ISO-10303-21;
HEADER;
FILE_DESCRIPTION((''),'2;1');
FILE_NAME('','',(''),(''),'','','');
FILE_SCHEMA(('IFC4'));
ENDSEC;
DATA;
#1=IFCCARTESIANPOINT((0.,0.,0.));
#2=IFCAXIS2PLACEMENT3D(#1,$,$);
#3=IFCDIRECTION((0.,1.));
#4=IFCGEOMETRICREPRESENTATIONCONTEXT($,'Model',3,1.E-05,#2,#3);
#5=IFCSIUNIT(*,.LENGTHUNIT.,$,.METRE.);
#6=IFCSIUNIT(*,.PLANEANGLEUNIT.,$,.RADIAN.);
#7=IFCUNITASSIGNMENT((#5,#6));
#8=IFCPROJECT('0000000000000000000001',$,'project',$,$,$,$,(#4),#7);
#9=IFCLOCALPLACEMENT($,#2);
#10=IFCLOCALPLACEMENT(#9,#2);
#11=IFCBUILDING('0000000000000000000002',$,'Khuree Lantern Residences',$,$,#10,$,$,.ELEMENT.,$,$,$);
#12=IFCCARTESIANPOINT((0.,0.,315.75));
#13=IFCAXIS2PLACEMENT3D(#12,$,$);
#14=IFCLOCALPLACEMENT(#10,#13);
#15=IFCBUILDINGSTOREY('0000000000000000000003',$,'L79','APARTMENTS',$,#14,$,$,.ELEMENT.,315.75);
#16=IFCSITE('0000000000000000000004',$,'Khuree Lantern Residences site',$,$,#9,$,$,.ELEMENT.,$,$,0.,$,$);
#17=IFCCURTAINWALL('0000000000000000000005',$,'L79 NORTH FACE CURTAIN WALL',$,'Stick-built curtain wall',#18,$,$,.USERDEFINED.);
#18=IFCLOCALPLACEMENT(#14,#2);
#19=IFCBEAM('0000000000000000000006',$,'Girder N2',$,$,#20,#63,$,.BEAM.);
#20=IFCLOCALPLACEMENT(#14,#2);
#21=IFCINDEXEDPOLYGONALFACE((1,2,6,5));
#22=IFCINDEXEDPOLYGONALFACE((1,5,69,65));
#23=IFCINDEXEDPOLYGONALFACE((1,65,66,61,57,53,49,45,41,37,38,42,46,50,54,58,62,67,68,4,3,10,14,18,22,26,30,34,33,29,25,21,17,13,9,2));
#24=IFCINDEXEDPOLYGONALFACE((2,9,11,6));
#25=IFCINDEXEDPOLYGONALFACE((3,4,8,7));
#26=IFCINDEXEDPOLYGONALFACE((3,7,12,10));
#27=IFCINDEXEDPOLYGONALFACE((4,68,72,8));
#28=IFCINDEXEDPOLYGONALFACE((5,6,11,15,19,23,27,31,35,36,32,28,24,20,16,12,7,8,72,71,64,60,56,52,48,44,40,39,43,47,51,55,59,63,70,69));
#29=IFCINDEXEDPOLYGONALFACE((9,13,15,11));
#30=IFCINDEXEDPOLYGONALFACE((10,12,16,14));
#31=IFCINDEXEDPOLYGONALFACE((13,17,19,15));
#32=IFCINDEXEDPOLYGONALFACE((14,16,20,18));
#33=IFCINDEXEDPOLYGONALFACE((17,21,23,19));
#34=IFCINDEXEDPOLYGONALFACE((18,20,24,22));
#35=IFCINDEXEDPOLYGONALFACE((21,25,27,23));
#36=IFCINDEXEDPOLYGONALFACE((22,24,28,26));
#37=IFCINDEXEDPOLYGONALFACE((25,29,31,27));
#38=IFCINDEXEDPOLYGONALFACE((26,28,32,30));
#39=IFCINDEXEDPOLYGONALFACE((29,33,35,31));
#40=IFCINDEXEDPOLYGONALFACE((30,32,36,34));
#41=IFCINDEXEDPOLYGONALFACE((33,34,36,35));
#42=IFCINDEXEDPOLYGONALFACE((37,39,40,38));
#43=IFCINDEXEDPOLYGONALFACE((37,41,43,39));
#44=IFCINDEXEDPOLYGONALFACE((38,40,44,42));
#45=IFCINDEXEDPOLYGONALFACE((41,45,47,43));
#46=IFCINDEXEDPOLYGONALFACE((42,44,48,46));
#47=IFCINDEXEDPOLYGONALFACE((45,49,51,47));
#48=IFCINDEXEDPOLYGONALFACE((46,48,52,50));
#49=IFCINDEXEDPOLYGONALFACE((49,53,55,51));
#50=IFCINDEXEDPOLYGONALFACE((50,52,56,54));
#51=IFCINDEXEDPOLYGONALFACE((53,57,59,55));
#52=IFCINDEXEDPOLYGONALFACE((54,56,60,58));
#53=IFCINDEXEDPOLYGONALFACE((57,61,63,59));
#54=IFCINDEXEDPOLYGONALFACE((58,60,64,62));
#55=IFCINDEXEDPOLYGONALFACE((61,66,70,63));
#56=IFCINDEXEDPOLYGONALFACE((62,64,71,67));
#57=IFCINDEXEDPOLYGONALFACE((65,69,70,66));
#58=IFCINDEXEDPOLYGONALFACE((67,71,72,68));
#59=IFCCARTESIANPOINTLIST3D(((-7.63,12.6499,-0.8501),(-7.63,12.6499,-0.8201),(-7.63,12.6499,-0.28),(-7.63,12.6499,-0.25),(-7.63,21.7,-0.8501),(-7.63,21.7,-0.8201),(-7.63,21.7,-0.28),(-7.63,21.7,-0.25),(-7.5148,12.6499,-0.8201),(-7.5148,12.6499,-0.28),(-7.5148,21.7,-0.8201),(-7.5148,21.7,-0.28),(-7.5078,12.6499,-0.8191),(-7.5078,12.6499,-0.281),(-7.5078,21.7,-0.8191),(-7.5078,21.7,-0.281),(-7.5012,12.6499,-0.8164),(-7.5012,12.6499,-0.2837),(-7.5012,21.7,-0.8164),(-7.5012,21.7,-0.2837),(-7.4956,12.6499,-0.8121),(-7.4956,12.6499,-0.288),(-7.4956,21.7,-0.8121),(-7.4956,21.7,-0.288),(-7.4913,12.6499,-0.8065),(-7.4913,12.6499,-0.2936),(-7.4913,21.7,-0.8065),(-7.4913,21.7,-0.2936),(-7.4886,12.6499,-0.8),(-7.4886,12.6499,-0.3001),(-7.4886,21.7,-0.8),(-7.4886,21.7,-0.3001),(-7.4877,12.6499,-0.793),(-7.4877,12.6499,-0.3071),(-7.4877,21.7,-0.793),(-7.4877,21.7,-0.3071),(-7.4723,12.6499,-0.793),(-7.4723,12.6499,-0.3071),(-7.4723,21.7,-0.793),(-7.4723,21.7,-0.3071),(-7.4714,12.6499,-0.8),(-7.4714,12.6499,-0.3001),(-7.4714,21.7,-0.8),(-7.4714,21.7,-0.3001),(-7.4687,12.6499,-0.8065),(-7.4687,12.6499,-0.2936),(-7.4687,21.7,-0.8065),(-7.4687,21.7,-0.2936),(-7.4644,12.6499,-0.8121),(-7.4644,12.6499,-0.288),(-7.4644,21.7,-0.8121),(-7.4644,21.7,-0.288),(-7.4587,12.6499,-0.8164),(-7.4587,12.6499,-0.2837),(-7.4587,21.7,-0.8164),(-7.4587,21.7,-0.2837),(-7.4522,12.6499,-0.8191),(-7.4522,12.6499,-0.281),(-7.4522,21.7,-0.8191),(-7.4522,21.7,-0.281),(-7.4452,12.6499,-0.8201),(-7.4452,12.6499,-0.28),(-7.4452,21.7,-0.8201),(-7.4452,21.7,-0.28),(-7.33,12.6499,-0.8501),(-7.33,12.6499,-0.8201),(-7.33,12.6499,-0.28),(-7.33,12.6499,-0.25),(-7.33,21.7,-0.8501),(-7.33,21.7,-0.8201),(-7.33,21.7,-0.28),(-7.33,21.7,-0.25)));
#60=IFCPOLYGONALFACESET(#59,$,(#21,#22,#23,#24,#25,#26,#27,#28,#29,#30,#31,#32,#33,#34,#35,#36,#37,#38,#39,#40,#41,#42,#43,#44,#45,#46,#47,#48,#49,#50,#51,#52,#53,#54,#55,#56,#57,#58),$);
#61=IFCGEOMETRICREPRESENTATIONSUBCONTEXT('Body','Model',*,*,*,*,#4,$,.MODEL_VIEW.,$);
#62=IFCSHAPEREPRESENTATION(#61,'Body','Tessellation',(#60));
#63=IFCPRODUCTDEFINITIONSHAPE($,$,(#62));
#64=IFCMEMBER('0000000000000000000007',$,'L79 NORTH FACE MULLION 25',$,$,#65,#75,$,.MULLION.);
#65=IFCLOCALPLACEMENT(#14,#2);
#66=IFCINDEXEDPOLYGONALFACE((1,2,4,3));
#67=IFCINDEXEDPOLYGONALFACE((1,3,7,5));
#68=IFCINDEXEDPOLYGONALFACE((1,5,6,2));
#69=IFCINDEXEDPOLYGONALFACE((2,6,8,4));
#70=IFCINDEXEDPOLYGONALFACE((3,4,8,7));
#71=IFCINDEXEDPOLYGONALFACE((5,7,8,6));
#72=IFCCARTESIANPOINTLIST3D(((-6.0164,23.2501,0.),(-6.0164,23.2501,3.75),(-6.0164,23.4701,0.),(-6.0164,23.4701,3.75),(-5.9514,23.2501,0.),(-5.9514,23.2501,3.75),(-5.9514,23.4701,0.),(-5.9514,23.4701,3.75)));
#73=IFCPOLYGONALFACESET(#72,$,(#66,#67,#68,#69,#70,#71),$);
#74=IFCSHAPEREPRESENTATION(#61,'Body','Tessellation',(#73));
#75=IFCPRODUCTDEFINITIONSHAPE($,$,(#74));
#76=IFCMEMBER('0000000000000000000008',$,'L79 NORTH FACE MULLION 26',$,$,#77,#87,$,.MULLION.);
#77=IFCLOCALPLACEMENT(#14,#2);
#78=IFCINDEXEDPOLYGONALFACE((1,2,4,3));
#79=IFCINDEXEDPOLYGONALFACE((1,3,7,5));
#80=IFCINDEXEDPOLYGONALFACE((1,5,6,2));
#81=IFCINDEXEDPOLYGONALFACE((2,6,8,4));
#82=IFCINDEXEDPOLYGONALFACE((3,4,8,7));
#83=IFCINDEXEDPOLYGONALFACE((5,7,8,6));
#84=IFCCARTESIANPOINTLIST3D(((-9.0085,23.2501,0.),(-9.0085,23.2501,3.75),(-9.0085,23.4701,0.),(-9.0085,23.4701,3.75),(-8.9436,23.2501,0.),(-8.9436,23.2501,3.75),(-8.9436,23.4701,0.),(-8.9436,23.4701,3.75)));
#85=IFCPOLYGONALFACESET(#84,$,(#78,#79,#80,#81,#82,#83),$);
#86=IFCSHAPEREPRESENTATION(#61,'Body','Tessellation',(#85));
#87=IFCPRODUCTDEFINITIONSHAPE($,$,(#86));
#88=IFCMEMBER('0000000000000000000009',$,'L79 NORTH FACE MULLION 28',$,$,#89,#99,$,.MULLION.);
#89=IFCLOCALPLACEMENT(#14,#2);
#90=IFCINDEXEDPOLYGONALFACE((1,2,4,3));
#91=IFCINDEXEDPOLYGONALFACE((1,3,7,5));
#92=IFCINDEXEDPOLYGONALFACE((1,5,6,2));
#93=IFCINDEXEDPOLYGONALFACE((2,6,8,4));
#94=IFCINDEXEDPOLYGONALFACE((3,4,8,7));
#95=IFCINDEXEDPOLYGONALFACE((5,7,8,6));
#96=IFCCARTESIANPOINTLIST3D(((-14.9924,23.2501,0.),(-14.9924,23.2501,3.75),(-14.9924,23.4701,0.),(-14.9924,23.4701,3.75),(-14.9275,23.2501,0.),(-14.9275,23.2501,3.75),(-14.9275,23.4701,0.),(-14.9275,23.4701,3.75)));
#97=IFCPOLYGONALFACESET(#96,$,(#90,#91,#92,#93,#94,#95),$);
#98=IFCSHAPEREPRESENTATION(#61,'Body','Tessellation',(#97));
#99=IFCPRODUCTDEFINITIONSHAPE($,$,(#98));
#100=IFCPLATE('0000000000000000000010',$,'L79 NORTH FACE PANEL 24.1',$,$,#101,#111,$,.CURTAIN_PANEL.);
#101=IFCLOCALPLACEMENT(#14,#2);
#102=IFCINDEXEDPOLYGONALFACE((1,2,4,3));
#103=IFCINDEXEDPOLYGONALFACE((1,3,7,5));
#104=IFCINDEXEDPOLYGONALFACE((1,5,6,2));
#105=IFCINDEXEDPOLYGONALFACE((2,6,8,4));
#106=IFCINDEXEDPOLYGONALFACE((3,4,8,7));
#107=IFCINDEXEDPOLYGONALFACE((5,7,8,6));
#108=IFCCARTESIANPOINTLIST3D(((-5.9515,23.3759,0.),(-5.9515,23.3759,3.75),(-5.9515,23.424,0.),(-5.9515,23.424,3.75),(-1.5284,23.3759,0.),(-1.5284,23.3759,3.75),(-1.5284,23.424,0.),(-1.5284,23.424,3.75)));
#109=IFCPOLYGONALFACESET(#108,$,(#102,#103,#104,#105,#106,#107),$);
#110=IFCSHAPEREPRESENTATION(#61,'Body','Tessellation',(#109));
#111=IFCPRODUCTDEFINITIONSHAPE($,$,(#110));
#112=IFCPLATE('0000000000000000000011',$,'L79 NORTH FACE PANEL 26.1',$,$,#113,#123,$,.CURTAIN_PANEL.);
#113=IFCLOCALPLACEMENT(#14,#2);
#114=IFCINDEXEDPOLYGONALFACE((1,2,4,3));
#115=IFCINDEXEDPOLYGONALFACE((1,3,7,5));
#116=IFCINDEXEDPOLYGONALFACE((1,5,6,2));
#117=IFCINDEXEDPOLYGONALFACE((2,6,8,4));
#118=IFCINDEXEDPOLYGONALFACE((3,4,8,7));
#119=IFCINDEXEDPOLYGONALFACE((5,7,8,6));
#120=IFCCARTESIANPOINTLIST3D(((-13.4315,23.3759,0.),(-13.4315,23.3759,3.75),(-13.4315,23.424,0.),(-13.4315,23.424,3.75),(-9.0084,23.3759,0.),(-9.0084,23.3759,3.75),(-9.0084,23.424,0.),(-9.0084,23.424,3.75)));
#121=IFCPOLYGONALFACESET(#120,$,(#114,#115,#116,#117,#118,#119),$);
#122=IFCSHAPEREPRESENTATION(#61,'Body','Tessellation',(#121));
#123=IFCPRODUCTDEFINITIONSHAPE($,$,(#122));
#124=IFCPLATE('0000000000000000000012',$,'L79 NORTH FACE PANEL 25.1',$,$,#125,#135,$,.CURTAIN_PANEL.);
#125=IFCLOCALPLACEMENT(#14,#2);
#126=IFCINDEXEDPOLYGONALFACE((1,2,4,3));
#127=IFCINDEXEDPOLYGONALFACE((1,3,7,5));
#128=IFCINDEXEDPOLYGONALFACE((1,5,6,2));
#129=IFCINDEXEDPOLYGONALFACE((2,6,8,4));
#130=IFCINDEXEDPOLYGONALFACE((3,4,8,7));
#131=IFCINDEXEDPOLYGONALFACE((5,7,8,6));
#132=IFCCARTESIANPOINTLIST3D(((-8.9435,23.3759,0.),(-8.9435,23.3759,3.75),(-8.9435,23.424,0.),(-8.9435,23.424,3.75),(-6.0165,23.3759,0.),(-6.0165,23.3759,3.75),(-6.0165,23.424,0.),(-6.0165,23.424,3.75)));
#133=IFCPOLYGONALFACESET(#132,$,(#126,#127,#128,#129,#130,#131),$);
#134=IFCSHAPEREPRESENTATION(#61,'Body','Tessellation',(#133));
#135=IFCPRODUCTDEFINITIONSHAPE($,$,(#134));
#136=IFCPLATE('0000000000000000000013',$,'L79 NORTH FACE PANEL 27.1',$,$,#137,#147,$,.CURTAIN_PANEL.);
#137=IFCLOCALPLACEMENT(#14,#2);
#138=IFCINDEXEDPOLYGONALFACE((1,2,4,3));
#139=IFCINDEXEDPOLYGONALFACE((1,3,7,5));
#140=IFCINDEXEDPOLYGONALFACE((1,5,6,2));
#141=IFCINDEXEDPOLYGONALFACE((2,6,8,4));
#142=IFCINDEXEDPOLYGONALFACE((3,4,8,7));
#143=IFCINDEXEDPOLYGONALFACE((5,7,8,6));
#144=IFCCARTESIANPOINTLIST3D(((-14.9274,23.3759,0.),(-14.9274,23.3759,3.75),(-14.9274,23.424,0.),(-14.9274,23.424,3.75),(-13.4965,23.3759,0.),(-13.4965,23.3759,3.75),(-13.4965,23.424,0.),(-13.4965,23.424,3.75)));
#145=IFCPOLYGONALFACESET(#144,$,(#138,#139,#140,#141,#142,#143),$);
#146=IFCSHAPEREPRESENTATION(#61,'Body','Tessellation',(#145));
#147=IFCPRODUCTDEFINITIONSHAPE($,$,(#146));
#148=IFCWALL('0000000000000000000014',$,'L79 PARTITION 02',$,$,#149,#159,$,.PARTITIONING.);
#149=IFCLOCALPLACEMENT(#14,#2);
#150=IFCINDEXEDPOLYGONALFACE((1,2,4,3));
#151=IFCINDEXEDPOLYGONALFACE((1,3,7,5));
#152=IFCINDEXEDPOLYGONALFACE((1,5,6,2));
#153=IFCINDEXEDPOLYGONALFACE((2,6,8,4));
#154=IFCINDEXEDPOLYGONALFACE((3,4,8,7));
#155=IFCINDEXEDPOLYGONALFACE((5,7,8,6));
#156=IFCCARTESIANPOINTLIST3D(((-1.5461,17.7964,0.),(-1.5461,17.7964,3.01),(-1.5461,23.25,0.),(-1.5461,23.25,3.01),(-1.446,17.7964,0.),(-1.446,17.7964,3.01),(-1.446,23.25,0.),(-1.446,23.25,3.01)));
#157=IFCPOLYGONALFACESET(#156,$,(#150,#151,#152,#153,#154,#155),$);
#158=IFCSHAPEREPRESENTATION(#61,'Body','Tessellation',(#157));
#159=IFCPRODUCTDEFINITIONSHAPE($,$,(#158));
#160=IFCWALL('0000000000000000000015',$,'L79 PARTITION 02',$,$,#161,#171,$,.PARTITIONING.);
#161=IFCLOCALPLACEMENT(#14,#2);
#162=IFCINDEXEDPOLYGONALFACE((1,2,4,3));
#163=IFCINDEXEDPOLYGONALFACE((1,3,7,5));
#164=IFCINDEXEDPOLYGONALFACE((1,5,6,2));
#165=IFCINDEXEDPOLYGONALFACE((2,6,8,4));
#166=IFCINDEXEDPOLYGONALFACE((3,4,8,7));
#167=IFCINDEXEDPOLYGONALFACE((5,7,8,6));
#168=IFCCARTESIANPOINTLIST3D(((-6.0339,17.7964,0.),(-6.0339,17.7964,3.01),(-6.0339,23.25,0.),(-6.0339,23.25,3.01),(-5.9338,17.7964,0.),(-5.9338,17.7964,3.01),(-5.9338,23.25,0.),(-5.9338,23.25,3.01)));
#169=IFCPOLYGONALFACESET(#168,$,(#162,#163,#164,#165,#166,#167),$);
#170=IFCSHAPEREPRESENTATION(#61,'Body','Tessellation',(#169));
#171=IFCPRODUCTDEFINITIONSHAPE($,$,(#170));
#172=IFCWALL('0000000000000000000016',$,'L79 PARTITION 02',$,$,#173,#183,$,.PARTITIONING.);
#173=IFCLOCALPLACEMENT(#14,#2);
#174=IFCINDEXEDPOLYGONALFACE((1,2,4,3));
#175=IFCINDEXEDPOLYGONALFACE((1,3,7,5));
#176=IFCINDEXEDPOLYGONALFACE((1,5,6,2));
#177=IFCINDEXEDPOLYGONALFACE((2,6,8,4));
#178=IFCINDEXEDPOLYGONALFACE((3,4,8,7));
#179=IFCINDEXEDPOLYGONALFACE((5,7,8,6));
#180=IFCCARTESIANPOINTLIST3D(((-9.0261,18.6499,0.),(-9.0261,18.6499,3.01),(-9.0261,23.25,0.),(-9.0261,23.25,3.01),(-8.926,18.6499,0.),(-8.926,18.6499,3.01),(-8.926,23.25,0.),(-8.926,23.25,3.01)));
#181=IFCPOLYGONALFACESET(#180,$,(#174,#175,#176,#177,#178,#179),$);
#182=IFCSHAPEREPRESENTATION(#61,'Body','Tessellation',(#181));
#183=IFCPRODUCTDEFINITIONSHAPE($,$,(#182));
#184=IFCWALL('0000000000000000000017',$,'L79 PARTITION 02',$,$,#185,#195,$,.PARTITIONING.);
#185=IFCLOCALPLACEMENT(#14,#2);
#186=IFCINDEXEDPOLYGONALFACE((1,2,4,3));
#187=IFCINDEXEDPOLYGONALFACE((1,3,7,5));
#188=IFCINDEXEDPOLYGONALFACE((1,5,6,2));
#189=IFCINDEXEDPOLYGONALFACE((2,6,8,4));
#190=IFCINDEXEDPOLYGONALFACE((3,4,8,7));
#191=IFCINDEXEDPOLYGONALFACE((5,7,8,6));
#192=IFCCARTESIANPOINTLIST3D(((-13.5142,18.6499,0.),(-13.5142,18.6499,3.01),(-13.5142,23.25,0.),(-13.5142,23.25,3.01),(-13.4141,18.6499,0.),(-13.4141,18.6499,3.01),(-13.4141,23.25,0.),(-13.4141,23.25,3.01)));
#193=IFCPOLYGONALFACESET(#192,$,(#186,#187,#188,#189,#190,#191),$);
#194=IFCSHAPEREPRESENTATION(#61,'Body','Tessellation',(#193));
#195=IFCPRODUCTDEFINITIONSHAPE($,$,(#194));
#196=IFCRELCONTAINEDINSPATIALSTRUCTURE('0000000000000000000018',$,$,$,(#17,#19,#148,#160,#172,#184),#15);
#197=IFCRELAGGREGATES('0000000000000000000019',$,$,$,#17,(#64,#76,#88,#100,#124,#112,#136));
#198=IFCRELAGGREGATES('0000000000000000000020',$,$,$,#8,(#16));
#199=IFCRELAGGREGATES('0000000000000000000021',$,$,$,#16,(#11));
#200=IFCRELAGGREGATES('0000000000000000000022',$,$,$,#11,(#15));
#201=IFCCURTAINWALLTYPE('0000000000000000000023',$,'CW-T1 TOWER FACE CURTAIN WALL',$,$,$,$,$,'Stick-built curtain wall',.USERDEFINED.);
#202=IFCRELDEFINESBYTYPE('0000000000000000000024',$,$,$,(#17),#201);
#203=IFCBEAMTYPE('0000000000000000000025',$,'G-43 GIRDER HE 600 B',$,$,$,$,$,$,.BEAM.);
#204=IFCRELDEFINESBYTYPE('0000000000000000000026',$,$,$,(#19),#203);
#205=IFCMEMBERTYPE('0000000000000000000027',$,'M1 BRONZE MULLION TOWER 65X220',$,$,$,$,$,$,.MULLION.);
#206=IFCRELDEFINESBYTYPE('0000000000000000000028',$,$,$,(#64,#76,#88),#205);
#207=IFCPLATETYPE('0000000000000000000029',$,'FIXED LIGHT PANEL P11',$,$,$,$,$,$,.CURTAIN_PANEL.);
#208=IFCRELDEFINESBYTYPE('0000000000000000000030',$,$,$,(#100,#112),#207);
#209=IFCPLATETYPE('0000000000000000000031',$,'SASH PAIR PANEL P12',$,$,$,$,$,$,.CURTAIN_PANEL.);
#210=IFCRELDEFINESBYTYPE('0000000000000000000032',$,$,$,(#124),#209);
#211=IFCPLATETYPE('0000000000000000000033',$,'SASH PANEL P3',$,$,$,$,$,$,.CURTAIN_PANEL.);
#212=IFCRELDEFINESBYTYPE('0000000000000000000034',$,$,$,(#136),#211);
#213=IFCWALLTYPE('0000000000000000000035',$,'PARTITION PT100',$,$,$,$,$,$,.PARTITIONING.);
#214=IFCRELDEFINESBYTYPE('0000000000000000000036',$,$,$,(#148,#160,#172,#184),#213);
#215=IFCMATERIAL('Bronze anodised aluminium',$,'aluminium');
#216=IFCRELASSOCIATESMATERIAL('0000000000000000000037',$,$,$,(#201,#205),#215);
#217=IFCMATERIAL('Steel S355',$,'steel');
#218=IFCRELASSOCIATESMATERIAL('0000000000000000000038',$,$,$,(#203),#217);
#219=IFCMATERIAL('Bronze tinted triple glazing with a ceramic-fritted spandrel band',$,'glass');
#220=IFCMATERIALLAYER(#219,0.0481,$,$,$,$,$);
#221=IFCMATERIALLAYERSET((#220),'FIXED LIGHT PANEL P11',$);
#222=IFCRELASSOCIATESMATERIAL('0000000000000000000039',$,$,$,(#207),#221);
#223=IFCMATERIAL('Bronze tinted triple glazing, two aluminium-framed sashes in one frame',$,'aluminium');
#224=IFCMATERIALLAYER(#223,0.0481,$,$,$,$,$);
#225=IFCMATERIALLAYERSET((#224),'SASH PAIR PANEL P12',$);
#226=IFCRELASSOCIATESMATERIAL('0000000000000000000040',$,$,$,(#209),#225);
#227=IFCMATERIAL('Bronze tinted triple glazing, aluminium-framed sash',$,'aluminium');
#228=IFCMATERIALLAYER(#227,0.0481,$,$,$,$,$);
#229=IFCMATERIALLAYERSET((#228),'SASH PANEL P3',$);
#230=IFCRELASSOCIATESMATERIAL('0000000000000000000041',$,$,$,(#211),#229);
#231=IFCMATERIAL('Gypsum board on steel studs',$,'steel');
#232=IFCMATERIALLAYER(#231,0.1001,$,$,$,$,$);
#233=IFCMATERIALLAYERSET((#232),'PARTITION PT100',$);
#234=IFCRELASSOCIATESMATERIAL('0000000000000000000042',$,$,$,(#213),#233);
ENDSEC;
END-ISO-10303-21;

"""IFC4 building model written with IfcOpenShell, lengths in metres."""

from ifc_helpers import new_model, si_unit, direction, frame, frame_2d, origin, origin_2d, place, context, subcontext, project, spatial, rectangle, i_section, extrude, material, layer, layer_set, material_profile, profile_set, type_object, element, aggregate, save


model = new_model("IFC4")

# Units and contexts
model_context = context("Model", 3, precision=1e-05, world=origin(), true_north=direction((0.0, 1.0)))
body_context = subcontext(model_context, "Body", "Model", "MODEL_VIEW")
ifc_project = project(units=[si_unit("LENGTHUNIT", "METRE"), si_unit("PLANEANGLEUNIT", "RADIAN")], contexts=[model_context])

# Site, building, storey
site_placement = place(None, origin())
site = spatial("IfcSite", under=ifc_project, at=site_placement, Name="Khuree Lantern Residences site", CompositionType="ELEMENT", RefElevation=0.0)
building_placement = place(site_placement, origin())
building = spatial("IfcBuilding", under=site, at=building_placement, Name="Khuree Lantern Residences", CompositionType="ELEMENT")
storey_placement = place(building_placement, frame((0.0, 0.0, 315.75)))
storey = spatial("IfcBuildingStorey", under=building, at=storey_placement, Name="L79", Description="APARTMENTS", CompositionType="ELEMENT", Elevation=315.75)

# Shared definitions
ifc_material_1 = material(Name="Steel S355", Category="steel")

# Curtain wall
ifc_material_2 = material(Name="Bronze anodised aluminium", Category="aluminium")
curtain_wall_type = type_object("IfcCurtainWallType", Name="CW-T1 TOWER FACE CURTAIN WALL", ElementType="Stick-built curtain wall", PredefinedType="USERDEFINED", material=ifc_material_2)
curtain_wall_placement = place(storey_placement, origin())
curtain_wall = element("IfcCurtainWall", 1, at=curtain_wall_placement, inside=storey, type_object=curtain_wall_type, Name="L79 NORTH FACE CURTAIN WALL", ObjectType="Stick-built curtain wall", PredefinedType="USERDEFINED")

# Beam
ifc_material_profile_1 = material_profile(ifc_material_1, i_section(OverallWidth=0.3, OverallDepth=0.6001, WebThickness=0.0154, FlangeThickness=0.03, FilletRadius=0.0271, at=origin_2d()), Name="HE 600 B")
ifc_profile_set_1 = profile_set([ifc_material_profile_1], Name="Steel S355")
beam_type_1 = type_object("IfcBeamType", Name="G-43 GIRDER HE 600 B", PredefinedType="BEAM", material=ifc_profile_set_1)
beam_1_placement = place(storey_placement, frame((-7.48, 21.7, -0.55), z_axis=(0.0, -1.0, 0.0), x_axis=(1.0, 0.0, 0.0)))
element("IfcBeam", 2, at=beam_1_placement, inside=storey, type_object=beam_type_1, Name="Girder N2", PredefinedType="BEAM", context=body_context, shape_type="SweptSolid", body=[
    extrude(i_section(OverallWidth=0.3, OverallDepth=0.6001, WebThickness=0.0154, FlangeThickness=0.03, FilletRadius=0.0271, at=origin_2d()), origin(), (0.0, 0.0, 1.0), 9.05),
])

# Members
ifc_material_profile_2 = material_profile(ifc_material_2, rectangle(XDim=0.0649, YDim=0.22, at=origin_2d()), Name="M1 65X220")
ifc_profile_set_2 = profile_set([ifc_material_profile_2], Name="Bronze anodised aluminium")
member_type_1 = type_object("IfcMemberType", Name="M1 BRONZE MULLION TOWER 65X220", PredefinedType="MULLION", material=ifc_profile_set_2)
member_1_placement = place(storey_placement, frame((-5.9839, 23.3601, 0.0), z_axis=(0.0, 0.0, 1.0), x_axis=(-1.0, 0.0, 0.0)))
member_1 = element("IfcMember", 3, at=member_1_placement, type_object=member_type_1, Name="L79 NORTH FACE MULLION 25", PredefinedType="MULLION", context=body_context, shape_type="SweptSolid", body=[
    extrude(rectangle(XDim=0.0649, YDim=0.22, at=origin_2d()), origin(), (0.0, 0.0, 1.0), 3.75),
])
member_2_placement = place(storey_placement, frame((-8.9761, 23.3601, 0.0), z_axis=(0.0, 0.0, 1.0), x_axis=(-1.0, 0.0, 0.0)))
member_2 = element("IfcMember", 4, at=member_2_placement, type_object=member_type_1, Name="L79 NORTH FACE MULLION 26", PredefinedType="MULLION", context=body_context, shape_type="SweptSolid", body=[
    extrude(rectangle(XDim=0.0649, YDim=0.22, at=origin_2d()), origin(), (0.0, 0.0, 1.0), 3.75),
])
member_3_placement = place(storey_placement, frame((-14.96, 23.3601, 0.0), z_axis=(0.0, 0.0, 1.0), x_axis=(-1.0, 0.0, 0.0)))
member_3 = element("IfcMember", 5, at=member_3_placement, type_object=member_type_1, Name="L79 NORTH FACE MULLION 28", PredefinedType="MULLION", context=body_context, shape_type="SweptSolid", body=[
    extrude(rectangle(XDim=0.0649, YDim=0.22, at=origin_2d()), origin(), (0.0, 0.0, 1.0), 3.75),
])

# Plates
ifc_material_3 = material(Name="Bronze tinted triple glazing with a ceramic-fritted spandrel band", Category="glass")
ifc_layer_1 = layer(ifc_material_3, 0.0481)
ifc_layer_set_1 = layer_set([ifc_layer_1], Name="FIXED LIGHT PANEL P11")
plate_type_1 = type_object("IfcPlateType", Name="FIXED LIGHT PANEL P11", PredefinedType="CURTAIN_PANEL", material=ifc_layer_set_1)
plate_1_placement = place(storey_placement, frame((-3.74, 23.3999, 0.0), z_axis=(0.0, 0.0, 1.0), x_axis=(-1.0, 0.0, 0.0)))
plate_1 = element("IfcPlate", 6, at=plate_1_placement, type_object=plate_type_1, Name="L79 NORTH FACE PANEL 24.1", PredefinedType="CURTAIN_PANEL", context=body_context, shape_type="SweptSolid", body=[
    extrude(rectangle(XDim=4.4231, YDim=0.0481, at=origin_2d()), origin(), (0.0, 0.0, 1.0), 3.75),
])
plate_2_placement = place(storey_placement, frame((-11.22, 23.3999, 0.0), z_axis=(0.0, 0.0, 1.0), x_axis=(-1.0, 0.0, 0.0)))
plate_2 = element("IfcPlate", 7, at=plate_2_placement, type_object=plate_type_1, Name="L79 NORTH FACE PANEL 26.1", PredefinedType="CURTAIN_PANEL", context=body_context, shape_type="SweptSolid", body=[
    extrude(rectangle(XDim=4.4231, YDim=0.0481, at=origin_2d()), origin(), (0.0, 0.0, 1.0), 3.75),
])
ifc_material_4 = material(Name="Bronze tinted triple glazing, two aluminium-framed sashes in one frame", Category="aluminium")
ifc_layer_2 = layer(ifc_material_4, 0.0481)
ifc_layer_set_2 = layer_set([ifc_layer_2], Name="SASH PAIR PANEL P12")
plate_type_2 = type_object("IfcPlateType", Name="SASH PAIR PANEL P12", PredefinedType="CURTAIN_PANEL", material=ifc_layer_set_2)
plate_3_placement = place(storey_placement, frame((-7.48, 23.3999, 0.0), z_axis=(0.0, 0.0, 1.0), x_axis=(-1.0, 0.0, 0.0)))
plate_3 = element("IfcPlate", 8, at=plate_3_placement, type_object=plate_type_2, Name="L79 NORTH FACE PANEL 25.1", PredefinedType="CURTAIN_PANEL", context=body_context, shape_type="SweptSolid", body=[
    extrude(rectangle(XDim=2.927, YDim=0.0481, at=origin_2d()), origin(), (0.0, 0.0, 1.0), 3.75),
])
ifc_material_5 = material(Name="Bronze tinted triple glazing, aluminium-framed sash", Category="aluminium")
ifc_layer_3 = layer(ifc_material_5, 0.0481)
ifc_layer_set_3 = layer_set([ifc_layer_3], Name="SASH PANEL P3")
plate_type_3 = type_object("IfcPlateType", Name="SASH PANEL P3", PredefinedType="CURTAIN_PANEL", material=ifc_layer_set_3)
plate_4_placement = place(storey_placement, frame((-14.2119, 23.3999, 0.0), z_axis=(0.0, 0.0, 1.0), x_axis=(-1.0, 0.0, 0.0)))
plate_4 = element("IfcPlate", 9, at=plate_4_placement, type_object=plate_type_3, Name="L79 NORTH FACE PANEL 27.1", PredefinedType="CURTAIN_PANEL", context=body_context, shape_type="SweptSolid", body=[
    extrude(rectangle(XDim=1.4309, YDim=0.0481, at=origin_2d()), origin(), (0.0, 0.0, 1.0), 3.75),
])
aggregate(curtain_wall, [member_1, member_2, member_3, plate_1, plate_3, plate_2, plate_4])

# Walls
ifc_material_6 = material(Name="Gypsum board on steel studs", Category="steel")
ifc_layer_4 = layer(ifc_material_6, 0.1001)
ifc_layer_set_4 = layer_set([ifc_layer_4], Name="PARTITION PT100")
wall_type = type_object("IfcWallType", Name="PARTITION PT100", PredefinedType="PARTITIONING", material=ifc_layer_set_4)
for number, where, z_axis, x_axis, name in (
    (10, (-1.4961, 17.7964, 0.0), (0.0, 0.0, 1.0), (0.0, 1.0, 0.0), "L79 PARTITION 02"),
    (11, (-5.9839, 17.7964, 0.0), (0.0, 0.0, 1.0), (0.0, 1.0, 0.0), "L79 PARTITION 02"),
):
    element("IfcWall", number, at=place(storey_placement, frame(where, z_axis=z_axis, x_axis=x_axis)), inside=storey, type_object=wall_type, Name=name, PredefinedType="PARTITIONING", context=body_context, shape_type="SweptSolid", body=[
        extrude(rectangle(XDim=5.4536, YDim=0.1001, at=frame_2d((2.7268, 0.0))), origin(), (0.0, 0.0, 1.0), 3.01),
    ])
for number, where, z_axis, x_axis, name in (
    (12, (-8.9761, 18.6499, 0.0), (0.0, 0.0, 1.0), (0.0, 1.0, 0.0), "L79 PARTITION 02"),
    (13, (-13.4641, 18.6499, 0.0), (0.0, 0.0, 1.0), (0.0, 1.0, 0.0), "L79 PARTITION 02"),
):
    element("IfcWall", number, at=place(storey_placement, frame(where, z_axis=z_axis, x_axis=x_axis)), inside=storey, type_object=wall_type, Name=name, PredefinedType="PARTITIONING", context=body_context, shape_type="SweptSolid", body=[
        extrude(rectangle(XDim=4.6001, YDim=0.1001, at=frame_2d((2.3, 0.0))), origin(), (0.0, 0.0, 1.0), 3.01),
    ])

save(model, "model.ifc")
